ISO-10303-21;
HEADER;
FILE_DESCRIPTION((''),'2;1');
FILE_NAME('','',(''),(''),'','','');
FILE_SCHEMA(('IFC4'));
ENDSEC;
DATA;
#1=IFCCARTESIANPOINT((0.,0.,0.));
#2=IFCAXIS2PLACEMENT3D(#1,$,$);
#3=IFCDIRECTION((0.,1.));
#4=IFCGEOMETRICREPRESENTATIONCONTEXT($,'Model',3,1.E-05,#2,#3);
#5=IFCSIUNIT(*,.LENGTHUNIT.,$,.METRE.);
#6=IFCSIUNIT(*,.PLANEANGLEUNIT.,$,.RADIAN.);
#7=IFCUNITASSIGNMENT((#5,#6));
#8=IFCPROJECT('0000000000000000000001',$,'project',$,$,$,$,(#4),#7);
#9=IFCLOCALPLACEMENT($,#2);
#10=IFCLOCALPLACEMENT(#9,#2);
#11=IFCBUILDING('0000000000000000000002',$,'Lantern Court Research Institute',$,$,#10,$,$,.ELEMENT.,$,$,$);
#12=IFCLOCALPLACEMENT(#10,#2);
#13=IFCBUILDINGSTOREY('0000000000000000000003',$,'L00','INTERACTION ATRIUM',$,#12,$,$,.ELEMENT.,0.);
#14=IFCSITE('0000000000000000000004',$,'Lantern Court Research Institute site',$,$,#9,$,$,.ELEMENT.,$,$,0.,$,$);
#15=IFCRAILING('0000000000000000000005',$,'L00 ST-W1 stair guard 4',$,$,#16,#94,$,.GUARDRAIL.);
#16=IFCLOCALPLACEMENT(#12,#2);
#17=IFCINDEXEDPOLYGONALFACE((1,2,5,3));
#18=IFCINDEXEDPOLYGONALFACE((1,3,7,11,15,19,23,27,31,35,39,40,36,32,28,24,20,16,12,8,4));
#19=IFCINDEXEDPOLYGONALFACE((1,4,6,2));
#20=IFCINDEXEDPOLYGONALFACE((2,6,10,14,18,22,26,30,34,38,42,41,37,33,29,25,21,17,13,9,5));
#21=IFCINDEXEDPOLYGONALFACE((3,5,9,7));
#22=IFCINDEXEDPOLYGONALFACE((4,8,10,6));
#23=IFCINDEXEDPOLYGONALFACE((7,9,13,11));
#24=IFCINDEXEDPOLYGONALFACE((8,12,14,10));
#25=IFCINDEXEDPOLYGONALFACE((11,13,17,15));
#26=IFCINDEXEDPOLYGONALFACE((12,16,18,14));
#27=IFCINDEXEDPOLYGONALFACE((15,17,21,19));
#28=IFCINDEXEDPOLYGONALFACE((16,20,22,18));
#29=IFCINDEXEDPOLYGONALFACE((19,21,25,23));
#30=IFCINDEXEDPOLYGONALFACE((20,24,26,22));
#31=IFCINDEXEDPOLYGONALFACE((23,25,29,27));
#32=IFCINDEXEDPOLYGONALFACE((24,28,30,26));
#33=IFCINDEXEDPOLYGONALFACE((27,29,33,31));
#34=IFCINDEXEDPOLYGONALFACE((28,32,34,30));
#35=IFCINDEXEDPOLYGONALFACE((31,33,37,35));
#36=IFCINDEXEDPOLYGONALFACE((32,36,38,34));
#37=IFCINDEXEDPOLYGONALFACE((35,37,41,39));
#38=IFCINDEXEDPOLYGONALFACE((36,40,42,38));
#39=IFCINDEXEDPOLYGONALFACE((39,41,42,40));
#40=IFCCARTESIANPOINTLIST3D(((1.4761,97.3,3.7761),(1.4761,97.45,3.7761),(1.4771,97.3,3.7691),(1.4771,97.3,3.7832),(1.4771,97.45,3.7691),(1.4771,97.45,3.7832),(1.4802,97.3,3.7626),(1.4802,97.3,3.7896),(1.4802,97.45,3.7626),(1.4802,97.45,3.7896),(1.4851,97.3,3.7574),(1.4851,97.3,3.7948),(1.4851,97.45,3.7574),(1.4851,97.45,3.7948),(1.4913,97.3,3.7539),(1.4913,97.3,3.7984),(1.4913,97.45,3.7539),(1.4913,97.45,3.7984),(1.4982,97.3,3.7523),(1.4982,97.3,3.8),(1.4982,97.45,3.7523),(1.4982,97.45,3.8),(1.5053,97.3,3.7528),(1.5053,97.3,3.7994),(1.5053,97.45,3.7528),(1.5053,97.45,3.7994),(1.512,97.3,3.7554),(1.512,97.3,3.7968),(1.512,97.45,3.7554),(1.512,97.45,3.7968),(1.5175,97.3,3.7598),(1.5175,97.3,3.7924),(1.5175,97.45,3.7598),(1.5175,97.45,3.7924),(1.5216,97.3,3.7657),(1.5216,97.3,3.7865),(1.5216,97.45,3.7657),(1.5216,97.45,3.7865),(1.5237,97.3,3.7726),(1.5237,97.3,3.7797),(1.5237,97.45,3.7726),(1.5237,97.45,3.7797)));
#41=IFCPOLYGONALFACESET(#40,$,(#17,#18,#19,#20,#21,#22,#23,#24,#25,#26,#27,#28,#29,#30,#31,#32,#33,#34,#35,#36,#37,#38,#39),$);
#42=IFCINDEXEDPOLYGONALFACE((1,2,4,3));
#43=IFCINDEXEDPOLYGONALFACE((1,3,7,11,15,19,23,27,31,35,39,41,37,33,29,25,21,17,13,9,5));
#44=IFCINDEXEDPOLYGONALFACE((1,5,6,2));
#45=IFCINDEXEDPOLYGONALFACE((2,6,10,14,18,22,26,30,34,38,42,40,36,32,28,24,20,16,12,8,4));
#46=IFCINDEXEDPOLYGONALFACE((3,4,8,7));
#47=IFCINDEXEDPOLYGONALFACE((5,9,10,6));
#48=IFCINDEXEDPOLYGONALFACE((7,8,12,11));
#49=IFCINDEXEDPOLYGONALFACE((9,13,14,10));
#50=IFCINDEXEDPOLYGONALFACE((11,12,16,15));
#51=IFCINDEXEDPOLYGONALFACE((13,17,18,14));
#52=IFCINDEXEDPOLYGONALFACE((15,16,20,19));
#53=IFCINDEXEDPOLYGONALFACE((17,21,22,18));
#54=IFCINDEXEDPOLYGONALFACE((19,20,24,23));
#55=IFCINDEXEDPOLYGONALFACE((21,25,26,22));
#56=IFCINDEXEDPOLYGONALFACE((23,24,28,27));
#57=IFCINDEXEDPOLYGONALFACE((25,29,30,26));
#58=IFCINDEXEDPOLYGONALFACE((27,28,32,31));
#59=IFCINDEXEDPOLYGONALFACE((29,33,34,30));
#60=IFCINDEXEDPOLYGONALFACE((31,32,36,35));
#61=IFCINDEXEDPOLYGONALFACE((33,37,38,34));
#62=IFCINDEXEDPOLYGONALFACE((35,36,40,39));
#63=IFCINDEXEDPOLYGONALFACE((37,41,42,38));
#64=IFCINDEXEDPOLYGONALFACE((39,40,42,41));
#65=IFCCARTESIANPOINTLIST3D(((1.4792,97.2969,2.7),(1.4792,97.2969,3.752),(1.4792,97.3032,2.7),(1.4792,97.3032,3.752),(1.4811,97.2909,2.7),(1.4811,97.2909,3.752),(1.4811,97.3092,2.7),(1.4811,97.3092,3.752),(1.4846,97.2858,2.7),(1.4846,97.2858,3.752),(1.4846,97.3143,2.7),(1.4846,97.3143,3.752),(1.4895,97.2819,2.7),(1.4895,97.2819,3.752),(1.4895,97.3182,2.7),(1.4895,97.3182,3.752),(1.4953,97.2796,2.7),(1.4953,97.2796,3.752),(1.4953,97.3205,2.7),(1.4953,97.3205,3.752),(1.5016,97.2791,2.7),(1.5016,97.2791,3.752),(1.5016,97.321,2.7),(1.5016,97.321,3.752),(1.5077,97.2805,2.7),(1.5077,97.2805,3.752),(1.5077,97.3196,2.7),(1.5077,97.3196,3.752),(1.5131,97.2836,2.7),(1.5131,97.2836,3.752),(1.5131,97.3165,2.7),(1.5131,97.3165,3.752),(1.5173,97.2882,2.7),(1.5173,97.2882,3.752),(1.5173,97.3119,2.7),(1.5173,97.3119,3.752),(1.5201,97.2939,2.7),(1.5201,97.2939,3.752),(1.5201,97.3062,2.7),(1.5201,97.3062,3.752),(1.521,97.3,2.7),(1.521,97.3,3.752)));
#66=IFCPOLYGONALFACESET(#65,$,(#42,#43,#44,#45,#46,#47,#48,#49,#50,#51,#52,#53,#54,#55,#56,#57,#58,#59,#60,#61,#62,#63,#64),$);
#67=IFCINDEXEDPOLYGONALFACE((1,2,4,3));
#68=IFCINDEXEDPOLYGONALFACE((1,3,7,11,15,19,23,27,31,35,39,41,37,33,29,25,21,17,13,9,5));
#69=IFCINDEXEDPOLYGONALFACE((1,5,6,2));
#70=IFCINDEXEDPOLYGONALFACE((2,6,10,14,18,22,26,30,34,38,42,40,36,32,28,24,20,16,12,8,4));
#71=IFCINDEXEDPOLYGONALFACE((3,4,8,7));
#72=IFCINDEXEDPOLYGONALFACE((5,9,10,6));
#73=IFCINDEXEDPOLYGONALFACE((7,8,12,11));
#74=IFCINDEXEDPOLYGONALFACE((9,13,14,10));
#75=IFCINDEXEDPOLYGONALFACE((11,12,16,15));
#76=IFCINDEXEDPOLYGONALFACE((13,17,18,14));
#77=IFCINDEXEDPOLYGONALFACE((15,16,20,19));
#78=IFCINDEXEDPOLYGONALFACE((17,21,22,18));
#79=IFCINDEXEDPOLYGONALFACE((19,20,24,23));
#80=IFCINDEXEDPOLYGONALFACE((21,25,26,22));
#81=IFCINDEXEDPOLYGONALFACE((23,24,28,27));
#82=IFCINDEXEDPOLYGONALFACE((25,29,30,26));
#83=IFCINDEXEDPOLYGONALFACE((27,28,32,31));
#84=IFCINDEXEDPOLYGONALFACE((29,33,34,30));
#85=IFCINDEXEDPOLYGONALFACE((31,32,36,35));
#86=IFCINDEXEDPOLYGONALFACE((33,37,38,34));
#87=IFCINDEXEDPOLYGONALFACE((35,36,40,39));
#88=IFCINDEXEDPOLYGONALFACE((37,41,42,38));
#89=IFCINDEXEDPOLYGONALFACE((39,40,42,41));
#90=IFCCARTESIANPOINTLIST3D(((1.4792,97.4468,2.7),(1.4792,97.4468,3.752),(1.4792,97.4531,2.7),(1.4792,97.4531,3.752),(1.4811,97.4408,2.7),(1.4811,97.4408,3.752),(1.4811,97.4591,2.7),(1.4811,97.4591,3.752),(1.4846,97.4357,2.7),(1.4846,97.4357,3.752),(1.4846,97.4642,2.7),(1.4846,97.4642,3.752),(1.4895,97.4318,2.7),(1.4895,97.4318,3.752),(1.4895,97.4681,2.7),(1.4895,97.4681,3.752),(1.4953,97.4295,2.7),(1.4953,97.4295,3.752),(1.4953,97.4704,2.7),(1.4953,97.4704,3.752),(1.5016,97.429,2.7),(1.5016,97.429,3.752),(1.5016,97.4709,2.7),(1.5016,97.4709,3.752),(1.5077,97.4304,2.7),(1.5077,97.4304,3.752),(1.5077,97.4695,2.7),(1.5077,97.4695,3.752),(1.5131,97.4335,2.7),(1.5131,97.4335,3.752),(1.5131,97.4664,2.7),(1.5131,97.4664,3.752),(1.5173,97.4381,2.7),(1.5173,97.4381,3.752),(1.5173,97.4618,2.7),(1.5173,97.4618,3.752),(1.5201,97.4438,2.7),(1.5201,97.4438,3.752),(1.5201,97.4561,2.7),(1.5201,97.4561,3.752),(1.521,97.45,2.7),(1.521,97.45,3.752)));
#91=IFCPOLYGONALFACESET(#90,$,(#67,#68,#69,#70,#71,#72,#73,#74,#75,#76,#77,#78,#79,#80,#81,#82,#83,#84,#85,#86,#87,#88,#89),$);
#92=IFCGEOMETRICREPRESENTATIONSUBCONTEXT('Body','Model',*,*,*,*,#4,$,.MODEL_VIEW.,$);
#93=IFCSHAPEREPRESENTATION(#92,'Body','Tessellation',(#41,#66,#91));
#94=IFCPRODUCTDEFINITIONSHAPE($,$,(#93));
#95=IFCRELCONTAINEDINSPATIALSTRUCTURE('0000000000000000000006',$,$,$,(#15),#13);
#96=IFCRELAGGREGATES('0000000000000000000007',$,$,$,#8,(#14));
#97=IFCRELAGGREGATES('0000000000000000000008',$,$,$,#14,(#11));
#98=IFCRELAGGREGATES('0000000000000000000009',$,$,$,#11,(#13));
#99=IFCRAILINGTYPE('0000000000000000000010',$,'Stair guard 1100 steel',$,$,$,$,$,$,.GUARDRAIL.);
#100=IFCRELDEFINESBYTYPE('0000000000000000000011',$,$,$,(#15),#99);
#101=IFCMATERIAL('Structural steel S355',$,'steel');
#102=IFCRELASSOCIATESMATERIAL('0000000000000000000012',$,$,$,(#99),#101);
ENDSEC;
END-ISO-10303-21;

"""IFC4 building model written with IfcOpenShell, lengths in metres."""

from ifc_helpers import new_model, si_unit, direction, frame, origin, origin_2d, place, context, subcontext, project, spatial, circle, extrude, material, type_object, element, save


model = new_model("IFC4")

# Units and contexts
model_context = context("Model", 3, precision=1e-05, world=origin(), true_north=direction((0.0, 1.0)))
body_context = subcontext(model_context, "Body", "Model", "MODEL_VIEW")
ifc_project = project(units=[si_unit("LENGTHUNIT", "METRE"), si_unit("PLANEANGLEUNIT", "RADIAN")], contexts=[model_context])

# Site, building, storey
site_placement = place(None, origin())
site = spatial("IfcSite", under=ifc_project, at=site_placement, Name="Lantern Court Research Institute site", CompositionType="ELEMENT", RefElevation=0.0)
building_placement = place(site_placement, origin())
building = spatial("IfcBuilding", under=site, at=building_placement, Name="Lantern Court Research Institute", CompositionType="ELEMENT")
storey_placement = place(building_placement, origin())
storey = spatial("IfcBuildingStorey", under=building, at=storey_placement, Name="L00", Description="INTERACTION ATRIUM", CompositionType="ELEMENT", Elevation=0.0)

# Railing
ifc_material_1 = material(Name="Structural steel S355", Category="steel")
railing_type = type_object("IfcRailingType", Name="Stair guard 1100 steel", PredefinedType="GUARDRAIL", material=ifc_material_1)
railing_1_placement = place(storey_placement, frame((1.5, 97.3, 2.7)))
element("IfcRailing", 1, at=railing_1_placement, inside=storey, type_object=railing_type, Name="L00 ST-W1 stair guard 4", PredefinedType="GUARDRAIL", context=body_context, shape_type="SweptSolid", body=[
    extrude(circle(Radius=0.0239, at=origin_2d()), frame((0.0, 0.0, 1.0762), z_axis=(0.0, 1.0, 0.0), x_axis=(-1.0, 0.0, 0.0)), (0.0, 0.0, 1.0), 0.1499),
    extrude(circle(Radius=0.021, at=origin_2d()), origin(), (0.0, 0.0, 1.0), 1.052),
    extrude(circle(Radius=0.021, at=origin_2d()), frame((0.0, 0.1499, 0.0)), (0.0, 0.0, 1.0), 1.052),
])

save(model, "model.ifc")
